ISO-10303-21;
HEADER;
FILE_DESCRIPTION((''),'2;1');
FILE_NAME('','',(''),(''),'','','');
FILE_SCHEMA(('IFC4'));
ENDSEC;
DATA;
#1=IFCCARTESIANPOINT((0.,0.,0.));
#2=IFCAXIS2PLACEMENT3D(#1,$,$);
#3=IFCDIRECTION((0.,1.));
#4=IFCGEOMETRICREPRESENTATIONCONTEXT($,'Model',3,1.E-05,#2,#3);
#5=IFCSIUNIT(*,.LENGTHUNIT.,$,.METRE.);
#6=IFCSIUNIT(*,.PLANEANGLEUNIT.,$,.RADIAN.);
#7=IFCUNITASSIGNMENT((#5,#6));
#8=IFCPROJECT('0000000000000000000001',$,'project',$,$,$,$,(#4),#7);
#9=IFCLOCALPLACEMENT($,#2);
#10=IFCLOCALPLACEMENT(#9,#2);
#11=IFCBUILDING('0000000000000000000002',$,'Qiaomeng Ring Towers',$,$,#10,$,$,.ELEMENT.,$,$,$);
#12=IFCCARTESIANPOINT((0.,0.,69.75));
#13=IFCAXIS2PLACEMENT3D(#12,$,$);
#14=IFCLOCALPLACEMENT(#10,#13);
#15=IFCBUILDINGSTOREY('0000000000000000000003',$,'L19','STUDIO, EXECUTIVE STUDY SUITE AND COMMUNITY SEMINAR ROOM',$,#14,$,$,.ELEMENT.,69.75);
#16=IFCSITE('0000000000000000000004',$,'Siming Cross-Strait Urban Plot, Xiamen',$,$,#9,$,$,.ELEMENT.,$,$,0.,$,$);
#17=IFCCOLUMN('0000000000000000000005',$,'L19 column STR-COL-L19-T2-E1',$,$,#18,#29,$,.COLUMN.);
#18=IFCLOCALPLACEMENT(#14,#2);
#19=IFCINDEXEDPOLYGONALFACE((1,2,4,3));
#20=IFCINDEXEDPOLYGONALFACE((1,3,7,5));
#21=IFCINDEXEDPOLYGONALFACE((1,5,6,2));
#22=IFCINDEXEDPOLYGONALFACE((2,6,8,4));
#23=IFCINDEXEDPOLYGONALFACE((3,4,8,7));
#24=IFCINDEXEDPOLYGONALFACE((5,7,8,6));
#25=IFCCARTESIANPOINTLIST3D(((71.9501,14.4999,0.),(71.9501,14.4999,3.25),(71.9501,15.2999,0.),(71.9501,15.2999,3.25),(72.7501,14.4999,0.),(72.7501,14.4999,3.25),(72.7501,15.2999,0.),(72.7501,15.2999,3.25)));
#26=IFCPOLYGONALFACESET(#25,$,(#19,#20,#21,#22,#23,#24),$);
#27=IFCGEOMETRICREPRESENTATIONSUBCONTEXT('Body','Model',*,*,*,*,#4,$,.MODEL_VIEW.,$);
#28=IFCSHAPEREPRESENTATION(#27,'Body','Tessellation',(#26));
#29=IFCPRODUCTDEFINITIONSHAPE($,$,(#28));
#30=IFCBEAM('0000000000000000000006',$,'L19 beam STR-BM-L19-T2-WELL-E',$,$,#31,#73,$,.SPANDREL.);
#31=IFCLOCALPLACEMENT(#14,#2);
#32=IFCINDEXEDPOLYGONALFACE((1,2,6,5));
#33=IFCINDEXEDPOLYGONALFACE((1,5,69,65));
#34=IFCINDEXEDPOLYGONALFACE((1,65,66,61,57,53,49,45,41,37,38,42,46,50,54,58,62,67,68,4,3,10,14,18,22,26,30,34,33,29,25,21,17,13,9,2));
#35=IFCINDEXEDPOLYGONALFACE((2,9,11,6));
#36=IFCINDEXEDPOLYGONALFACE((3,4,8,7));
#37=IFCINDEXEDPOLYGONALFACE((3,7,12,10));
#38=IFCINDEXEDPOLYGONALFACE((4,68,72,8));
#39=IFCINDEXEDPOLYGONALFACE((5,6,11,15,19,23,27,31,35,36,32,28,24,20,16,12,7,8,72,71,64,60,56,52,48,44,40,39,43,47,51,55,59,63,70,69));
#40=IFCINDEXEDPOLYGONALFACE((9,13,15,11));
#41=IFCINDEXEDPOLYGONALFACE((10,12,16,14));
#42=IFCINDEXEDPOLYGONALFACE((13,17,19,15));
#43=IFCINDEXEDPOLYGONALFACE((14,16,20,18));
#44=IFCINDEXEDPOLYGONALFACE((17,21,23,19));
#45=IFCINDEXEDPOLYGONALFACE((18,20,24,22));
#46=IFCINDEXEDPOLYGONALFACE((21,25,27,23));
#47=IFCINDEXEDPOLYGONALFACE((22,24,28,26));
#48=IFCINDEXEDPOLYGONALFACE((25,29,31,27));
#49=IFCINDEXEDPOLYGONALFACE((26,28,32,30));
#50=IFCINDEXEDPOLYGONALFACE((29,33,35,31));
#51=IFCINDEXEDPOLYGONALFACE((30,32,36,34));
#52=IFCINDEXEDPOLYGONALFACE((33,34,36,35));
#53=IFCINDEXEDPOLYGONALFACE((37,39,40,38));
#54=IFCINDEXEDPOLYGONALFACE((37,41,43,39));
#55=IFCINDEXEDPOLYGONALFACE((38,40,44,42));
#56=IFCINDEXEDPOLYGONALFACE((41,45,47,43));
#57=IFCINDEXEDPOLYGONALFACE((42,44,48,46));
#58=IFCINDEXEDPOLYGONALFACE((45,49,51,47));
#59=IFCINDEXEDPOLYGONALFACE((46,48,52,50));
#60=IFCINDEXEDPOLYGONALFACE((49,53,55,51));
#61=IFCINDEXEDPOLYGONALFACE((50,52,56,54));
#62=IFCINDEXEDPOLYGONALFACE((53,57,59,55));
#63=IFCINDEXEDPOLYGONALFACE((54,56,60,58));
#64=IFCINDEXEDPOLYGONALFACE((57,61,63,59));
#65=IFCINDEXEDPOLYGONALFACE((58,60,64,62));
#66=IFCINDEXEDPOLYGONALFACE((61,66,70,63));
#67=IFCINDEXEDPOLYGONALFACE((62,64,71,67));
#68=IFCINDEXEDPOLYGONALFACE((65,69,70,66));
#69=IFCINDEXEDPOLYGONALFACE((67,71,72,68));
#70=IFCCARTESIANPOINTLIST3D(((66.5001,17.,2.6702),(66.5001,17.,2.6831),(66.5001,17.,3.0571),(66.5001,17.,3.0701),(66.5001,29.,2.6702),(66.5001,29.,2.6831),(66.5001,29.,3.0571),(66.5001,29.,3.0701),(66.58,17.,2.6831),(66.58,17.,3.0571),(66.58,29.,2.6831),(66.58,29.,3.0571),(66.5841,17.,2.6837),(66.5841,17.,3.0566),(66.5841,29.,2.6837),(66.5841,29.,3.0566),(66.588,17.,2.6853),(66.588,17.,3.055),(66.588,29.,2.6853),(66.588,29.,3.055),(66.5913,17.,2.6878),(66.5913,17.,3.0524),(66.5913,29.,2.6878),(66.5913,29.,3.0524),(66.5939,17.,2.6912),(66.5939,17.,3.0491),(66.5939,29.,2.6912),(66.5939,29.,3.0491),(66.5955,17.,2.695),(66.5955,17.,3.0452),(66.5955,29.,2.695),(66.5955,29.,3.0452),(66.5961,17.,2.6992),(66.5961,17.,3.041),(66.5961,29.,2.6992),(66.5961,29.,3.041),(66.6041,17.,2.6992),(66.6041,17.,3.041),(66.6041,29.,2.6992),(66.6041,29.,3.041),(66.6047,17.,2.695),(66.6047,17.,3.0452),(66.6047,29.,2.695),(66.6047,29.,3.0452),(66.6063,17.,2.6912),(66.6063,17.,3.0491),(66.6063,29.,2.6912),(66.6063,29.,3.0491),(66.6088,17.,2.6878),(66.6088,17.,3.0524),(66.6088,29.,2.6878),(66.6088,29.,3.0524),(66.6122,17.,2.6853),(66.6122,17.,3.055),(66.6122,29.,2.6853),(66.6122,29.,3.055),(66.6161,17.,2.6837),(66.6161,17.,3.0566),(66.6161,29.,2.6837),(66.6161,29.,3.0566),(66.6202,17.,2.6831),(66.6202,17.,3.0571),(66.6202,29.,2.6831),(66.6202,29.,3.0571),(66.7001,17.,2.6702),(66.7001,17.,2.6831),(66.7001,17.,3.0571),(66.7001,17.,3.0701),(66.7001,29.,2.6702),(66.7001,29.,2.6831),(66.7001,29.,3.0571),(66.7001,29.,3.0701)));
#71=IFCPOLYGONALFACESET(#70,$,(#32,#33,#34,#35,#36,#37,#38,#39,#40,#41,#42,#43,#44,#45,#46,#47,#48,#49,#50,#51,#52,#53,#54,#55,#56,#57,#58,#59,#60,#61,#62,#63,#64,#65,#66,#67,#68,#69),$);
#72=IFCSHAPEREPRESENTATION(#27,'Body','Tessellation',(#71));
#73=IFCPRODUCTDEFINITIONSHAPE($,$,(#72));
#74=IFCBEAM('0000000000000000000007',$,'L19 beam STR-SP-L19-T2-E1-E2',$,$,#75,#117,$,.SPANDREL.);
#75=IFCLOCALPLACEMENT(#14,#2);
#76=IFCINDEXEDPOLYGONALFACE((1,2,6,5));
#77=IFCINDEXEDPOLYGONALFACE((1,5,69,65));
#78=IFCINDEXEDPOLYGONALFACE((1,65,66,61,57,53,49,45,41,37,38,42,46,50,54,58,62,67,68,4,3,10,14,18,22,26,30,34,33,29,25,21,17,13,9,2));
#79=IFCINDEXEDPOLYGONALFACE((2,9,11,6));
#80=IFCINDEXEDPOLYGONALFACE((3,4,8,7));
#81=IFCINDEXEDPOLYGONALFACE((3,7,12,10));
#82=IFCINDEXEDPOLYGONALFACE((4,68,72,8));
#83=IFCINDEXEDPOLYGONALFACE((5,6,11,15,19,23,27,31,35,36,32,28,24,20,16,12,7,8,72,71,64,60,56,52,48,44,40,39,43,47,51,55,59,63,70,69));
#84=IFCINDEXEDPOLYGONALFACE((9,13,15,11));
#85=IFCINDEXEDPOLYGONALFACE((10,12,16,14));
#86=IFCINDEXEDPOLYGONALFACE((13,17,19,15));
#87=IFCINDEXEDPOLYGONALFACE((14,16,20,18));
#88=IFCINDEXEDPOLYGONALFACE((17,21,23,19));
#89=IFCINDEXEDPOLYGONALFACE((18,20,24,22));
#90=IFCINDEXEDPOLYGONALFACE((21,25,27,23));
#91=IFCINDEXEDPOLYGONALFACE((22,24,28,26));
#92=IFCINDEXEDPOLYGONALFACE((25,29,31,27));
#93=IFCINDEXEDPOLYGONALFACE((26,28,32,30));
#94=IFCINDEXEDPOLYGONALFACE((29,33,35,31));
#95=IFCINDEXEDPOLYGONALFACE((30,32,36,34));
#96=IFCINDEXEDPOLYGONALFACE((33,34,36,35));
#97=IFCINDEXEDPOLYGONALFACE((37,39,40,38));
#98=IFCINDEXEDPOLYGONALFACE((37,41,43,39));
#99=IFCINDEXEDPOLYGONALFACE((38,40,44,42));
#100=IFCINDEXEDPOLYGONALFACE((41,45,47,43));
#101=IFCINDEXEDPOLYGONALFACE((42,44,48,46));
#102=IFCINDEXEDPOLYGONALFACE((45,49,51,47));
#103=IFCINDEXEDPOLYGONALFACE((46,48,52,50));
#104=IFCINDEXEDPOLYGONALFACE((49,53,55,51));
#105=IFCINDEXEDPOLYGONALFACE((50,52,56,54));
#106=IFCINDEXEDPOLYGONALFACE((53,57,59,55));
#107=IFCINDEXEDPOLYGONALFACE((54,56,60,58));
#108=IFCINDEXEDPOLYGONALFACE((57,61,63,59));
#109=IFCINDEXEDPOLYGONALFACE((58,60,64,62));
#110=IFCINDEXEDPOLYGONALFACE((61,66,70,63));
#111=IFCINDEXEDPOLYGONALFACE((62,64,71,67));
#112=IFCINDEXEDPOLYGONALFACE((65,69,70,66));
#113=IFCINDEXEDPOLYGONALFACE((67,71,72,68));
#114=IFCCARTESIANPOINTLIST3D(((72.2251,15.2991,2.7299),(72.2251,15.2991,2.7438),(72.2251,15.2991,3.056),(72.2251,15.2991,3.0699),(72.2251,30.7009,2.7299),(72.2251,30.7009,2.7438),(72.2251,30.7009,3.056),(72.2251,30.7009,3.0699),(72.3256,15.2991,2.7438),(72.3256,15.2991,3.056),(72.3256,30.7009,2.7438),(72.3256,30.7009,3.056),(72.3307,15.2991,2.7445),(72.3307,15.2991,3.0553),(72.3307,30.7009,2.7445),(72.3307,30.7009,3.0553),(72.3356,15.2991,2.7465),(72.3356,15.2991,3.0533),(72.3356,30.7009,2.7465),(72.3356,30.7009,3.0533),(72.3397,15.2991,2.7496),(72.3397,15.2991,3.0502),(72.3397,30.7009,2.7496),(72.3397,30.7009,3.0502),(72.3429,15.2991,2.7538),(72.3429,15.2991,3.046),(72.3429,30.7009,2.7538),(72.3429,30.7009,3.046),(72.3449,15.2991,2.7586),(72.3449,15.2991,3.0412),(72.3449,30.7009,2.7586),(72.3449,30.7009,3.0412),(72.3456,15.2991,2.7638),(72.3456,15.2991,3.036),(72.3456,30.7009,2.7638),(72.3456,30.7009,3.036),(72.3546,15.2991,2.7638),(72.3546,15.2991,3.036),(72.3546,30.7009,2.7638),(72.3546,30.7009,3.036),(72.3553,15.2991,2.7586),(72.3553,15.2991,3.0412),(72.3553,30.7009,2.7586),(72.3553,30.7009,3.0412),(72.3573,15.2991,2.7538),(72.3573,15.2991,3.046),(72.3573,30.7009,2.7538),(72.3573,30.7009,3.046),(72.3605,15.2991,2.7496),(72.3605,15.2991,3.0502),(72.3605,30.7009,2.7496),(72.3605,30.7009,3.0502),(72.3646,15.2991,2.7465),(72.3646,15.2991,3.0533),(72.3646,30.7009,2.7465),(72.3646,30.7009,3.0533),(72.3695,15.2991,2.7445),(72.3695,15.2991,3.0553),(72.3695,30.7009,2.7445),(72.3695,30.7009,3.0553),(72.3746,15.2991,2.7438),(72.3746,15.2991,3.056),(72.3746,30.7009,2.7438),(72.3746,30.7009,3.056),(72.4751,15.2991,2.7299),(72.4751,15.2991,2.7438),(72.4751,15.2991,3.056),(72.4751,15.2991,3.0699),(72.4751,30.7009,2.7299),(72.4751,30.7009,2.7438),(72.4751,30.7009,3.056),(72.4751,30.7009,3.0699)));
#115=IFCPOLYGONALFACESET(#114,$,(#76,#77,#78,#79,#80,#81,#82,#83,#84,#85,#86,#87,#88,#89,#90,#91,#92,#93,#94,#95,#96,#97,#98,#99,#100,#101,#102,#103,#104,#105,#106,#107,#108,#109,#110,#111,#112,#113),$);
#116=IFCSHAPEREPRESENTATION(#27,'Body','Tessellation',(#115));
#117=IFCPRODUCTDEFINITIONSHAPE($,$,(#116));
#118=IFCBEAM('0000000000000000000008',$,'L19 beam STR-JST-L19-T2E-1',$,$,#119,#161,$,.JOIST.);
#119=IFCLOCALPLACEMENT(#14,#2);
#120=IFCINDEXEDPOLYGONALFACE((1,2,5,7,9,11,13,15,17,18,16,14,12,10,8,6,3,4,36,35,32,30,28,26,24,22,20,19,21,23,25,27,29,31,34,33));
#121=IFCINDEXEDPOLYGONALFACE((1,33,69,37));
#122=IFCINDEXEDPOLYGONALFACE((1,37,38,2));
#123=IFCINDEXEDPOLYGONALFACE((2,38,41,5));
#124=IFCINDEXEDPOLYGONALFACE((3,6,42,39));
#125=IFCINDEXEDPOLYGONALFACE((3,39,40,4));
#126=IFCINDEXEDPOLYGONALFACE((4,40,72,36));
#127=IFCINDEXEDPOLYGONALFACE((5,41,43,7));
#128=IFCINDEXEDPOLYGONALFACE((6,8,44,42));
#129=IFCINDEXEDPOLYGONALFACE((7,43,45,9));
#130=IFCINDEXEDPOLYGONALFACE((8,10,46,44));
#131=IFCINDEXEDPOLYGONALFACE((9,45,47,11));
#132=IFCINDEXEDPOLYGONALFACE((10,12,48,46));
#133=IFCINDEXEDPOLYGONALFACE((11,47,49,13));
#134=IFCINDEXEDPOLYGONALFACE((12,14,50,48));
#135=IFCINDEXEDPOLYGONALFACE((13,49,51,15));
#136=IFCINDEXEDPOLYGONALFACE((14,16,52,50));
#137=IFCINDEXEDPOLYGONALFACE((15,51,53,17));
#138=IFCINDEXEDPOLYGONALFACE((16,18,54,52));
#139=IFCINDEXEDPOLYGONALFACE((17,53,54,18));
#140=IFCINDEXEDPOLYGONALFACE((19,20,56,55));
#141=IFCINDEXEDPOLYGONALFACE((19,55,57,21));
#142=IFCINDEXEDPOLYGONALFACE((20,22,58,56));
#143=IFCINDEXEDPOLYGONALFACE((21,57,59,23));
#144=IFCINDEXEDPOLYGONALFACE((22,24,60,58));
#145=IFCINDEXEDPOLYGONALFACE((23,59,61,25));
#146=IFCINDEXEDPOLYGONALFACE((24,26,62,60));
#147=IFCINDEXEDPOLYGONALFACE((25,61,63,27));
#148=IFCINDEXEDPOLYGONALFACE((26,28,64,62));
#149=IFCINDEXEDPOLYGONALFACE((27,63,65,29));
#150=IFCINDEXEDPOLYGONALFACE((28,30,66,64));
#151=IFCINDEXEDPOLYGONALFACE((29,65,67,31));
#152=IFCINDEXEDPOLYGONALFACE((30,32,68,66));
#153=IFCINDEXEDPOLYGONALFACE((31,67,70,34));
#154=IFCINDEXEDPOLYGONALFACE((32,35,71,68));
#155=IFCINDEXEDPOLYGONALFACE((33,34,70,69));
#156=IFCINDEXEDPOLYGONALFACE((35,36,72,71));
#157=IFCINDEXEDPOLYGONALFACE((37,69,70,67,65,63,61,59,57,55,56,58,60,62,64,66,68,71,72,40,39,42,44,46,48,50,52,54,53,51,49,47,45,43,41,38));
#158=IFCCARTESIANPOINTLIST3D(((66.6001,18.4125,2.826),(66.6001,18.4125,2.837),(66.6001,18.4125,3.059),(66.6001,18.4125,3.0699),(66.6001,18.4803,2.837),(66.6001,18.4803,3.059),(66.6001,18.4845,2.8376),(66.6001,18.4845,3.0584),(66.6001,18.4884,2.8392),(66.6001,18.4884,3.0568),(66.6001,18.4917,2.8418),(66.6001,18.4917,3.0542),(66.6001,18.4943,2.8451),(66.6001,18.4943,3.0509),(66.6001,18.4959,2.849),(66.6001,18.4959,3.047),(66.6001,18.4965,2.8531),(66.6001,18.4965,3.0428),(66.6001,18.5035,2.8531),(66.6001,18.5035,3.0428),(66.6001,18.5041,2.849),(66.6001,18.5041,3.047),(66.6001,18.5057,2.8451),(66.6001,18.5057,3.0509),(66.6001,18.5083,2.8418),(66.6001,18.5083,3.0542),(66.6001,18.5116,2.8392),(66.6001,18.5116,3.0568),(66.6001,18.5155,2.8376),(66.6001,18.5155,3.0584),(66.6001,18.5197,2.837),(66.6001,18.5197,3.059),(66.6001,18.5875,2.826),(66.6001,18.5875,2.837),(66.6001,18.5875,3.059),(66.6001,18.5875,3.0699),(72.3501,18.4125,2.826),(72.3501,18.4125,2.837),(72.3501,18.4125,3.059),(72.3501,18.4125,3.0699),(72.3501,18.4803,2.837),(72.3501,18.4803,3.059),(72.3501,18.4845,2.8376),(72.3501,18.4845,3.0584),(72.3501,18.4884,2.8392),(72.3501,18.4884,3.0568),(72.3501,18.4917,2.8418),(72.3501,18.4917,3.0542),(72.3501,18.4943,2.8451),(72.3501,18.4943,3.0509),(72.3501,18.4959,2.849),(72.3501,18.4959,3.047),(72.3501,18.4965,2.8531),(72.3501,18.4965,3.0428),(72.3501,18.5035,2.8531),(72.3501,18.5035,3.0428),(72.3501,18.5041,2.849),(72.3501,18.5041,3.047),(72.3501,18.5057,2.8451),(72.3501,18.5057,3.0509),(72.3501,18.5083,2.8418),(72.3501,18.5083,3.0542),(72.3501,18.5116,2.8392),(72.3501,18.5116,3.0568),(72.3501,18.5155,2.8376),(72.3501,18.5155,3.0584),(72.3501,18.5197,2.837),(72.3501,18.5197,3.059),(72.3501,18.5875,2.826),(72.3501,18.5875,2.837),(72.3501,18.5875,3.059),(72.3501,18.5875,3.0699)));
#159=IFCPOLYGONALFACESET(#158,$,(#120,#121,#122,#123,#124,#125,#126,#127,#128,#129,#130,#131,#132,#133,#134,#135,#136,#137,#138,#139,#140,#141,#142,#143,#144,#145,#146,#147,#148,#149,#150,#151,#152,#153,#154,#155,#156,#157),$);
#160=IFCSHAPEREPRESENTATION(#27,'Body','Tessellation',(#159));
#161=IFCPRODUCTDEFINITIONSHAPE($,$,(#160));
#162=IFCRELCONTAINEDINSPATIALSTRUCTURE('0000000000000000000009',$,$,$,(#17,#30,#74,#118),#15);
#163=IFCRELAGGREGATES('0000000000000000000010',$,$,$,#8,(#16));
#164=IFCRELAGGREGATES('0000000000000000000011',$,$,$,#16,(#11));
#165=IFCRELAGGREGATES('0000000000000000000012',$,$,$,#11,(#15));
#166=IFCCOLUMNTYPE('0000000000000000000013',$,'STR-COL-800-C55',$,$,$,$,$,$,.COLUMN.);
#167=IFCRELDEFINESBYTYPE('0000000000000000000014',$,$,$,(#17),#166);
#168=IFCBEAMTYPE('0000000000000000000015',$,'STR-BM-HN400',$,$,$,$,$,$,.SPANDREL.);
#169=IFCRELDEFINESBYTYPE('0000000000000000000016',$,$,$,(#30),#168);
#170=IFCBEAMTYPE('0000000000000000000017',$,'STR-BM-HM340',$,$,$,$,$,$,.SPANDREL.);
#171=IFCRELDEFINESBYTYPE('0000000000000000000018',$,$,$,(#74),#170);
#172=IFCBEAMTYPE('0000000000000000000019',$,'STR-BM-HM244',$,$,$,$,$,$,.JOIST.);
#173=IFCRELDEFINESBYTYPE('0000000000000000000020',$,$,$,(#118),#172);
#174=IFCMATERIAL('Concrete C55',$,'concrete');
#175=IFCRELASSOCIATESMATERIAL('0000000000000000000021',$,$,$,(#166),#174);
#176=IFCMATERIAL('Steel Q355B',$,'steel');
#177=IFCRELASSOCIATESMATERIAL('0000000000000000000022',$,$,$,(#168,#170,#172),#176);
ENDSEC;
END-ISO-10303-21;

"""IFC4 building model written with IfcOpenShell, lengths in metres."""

from ifc_helpers import new_model, si_unit, direction, frame, origin, origin_2d, place, context, subcontext, project, spatial, rectangle, i_section, extrude, source, transform, mapped, material, material_profile, profile_set, type_object, element, save


model = new_model("IFC4")

# Units and contexts
model_context = context("Model", 3, precision=1e-05, world=origin(), true_north=direction((0.0, 1.0)))
body_context = subcontext(model_context, "Body", "Model", "MODEL_VIEW")
ifc_project = project(units=[si_unit("LENGTHUNIT", "METRE"), si_unit("PLANEANGLEUNIT", "RADIAN")], contexts=[model_context])

# Site, building, storey
site_placement = place(None, origin())
site = spatial("IfcSite", under=ifc_project, at=site_placement, Name="Siming Cross-Strait Urban Plot, Xiamen", CompositionType="ELEMENT", RefElevation=0.0)
building_placement = place(site_placement, origin())
building = spatial("IfcBuilding", under=site, at=building_placement, Name="Qiaomeng Ring Towers", CompositionType="ELEMENT")
storey_placement = place(building_placement, frame((0.0, 0.0, 69.75)))
storey = spatial("IfcBuildingStorey", under=building, at=storey_placement, Name="L19", Description="STUDIO, EXECUTIVE STUDY SUITE AND COMMUNITY SEMINAR ROOM", CompositionType="ELEMENT", Elevation=69.75)

# Column
ifc_material_1 = material(Name="Concrete C55", Category="concrete")
ifc_material_profile_1 = material_profile(ifc_material_1, rectangle(XDim=0.8, YDim=0.8, at=origin_2d()), Name="RC COL 800x800")
ifc_profile_set_1 = profile_set([ifc_material_profile_1], Name="Concrete C55")
column_type = type_object("IfcColumnType", Name="STR-COL-800-C55", PredefinedType="COLUMN", material=ifc_profile_set_1)
shared_shape_1 = source(origin(), body_context, "Body", "SweptSolid", [
    extrude(rectangle(XDim=0.8, YDim=0.8, at=origin_2d()), origin(), (0.0, 0.0, 1.0), 3.25),
])
column_placement = place(storey_placement, frame((72.3501, 14.8999, 0.0), z_axis=(0.0, 0.0, 1.0), x_axis=(1.0, 0.0, 0.0)))
element("IfcColumn", 1, at=column_placement, inside=storey, type_object=column_type, Name="L19 column STR-COL-L19-T2-E1", PredefinedType="COLUMN", context=body_context, shape_type="MappedRepresentation", body=[
    mapped(shared_shape_1, transform((0.0, 0.0, 0.0), x_axis=(1.0, 0.0, 0.0), y_axis=(0.0, 1.0, 0.0), z_axis=(0.0, 0.0, 1.0), scale=1.0)),
])

# Beams
ifc_material_2 = material(Name="Steel Q355B", Category="steel")
ifc_material_profile_2 = material_profile(ifc_material_2, i_section(OverallWidth=0.2, OverallDepth=0.3999, WebThickness=0.0081, FlangeThickness=0.0129, FilletRadius=0.0161, at=origin_2d()), Name="HN 400x200x8x13")
ifc_profile_set_2 = profile_set([ifc_material_profile_2], Name="Steel Q355B")
beam_type_1 = type_object("IfcBeamType", Name="STR-BM-HN400", PredefinedType="SPANDREL", material=ifc_profile_set_2)
shared_shape_2 = source(origin(), body_context, "Body", "SweptSolid", [
    extrude(i_section(OverallWidth=0.2, OverallDepth=0.3999, WebThickness=0.0081, FlangeThickness=0.0129, FilletRadius=0.0161, at=origin_2d()), origin(), (0.0, 0.0, 1.0), 12.0),
])
beam_1_placement = place(storey_placement, frame((66.6001, 17.0, 2.8701), z_axis=(0.0, 1.0, 0.0), x_axis=(-1.0, 0.0, 0.0)))
element("IfcBeam", 2, at=beam_1_placement, inside=storey, type_object=beam_type_1, Name="L19 beam STR-BM-L19-T2-WELL-E", PredefinedType="SPANDREL", context=body_context, shape_type="MappedRepresentation", body=[
    mapped(shared_shape_2, transform((0.0, 0.0, 0.0), x_axis=(1.0, 0.0, 0.0), y_axis=(0.0, 1.0, 0.0), z_axis=(0.0, 0.0, 1.0), scale=1.0)),
])
ifc_material_profile_3 = material_profile(ifc_material_2, i_section(OverallWidth=0.25, OverallDepth=0.3401, WebThickness=0.009, FlangeThickness=0.0139, FilletRadius=0.02, at=origin_2d()), Name="HM 340x250x9x14")
ifc_profile_set_3 = profile_set([ifc_material_profile_3], Name="Steel Q355B")
beam_type_2 = type_object("IfcBeamType", Name="STR-BM-HM340", PredefinedType="SPANDREL", material=ifc_profile_set_3)
shared_shape_3 = source(origin(), body_context, "Body", "SweptSolid", [
    extrude(i_section(OverallWidth=0.25, OverallDepth=0.3401, WebThickness=0.009, FlangeThickness=0.0139, FilletRadius=0.02, at=origin_2d()), origin(), (0.0, 0.0, 1.0), 15.4019),
])
beam_2_placement = place(storey_placement, frame((72.3501, 15.2991, 2.8999), z_axis=(0.0, 1.0, 0.0), x_axis=(-1.0, 0.0, 0.0)))
element("IfcBeam", 3, at=beam_2_placement, inside=storey, type_object=beam_type_2, Name="L19 beam STR-SP-L19-T2-E1-E2", PredefinedType="SPANDREL", context=body_context, shape_type="MappedRepresentation", body=[
    mapped(shared_shape_3, transform((0.0, 0.0, 0.0), x_axis=(1.0, 0.0, 0.0), y_axis=(0.0, 1.0, 0.0), z_axis=(0.0, 0.0, 1.0), scale=1.0)),
])
ifc_material_profile_4 = material_profile(ifc_material_2, i_section(OverallWidth=0.175, OverallDepth=0.2439, WebThickness=0.0071, FlangeThickness=0.011, FilletRadius=0.0161, at=origin_2d()), Name="HM 244x175x7x11")
ifc_profile_set_4 = profile_set([ifc_material_profile_4], Name="Steel Q355B")
beam_type_3 = type_object("IfcBeamType", Name="STR-BM-HM244", PredefinedType="JOIST", material=ifc_profile_set_4)
shared_shape_4 = source(origin(), body_context, "Body", "SweptSolid", [
    extrude(i_section(OverallWidth=0.175, OverallDepth=0.2439, WebThickness=0.0071, FlangeThickness=0.011, FilletRadius=0.0161, at=origin_2d()), origin(), (0.0, 0.0, 1.0), 5.75),
])
for number, where, z_axis, x_axis, name in (
    (4, (66.6001, 18.5, 2.948), (1.0, 0.0, 0.0), (0.0, 1.0, 0.0), "L19 beam STR-JST-L19-T2E-1"),
):
    element("IfcBeam", number, at=place(storey_placement, frame(where, z_axis=z_axis, x_axis=x_axis)), inside=storey, type_object=beam_type_3, Name=name, PredefinedType="JOIST", context=body_context, shape_type="MappedRepresentation", body=[
        mapped(shared_shape_4, transform((0.0, 0.0, 0.0), x_axis=(1.0, 0.0, 0.0), y_axis=(0.0, 1.0, 0.0), z_axis=(0.0, 0.0, 1.0), scale=1.0)),
    ])

save(model, "model.ifc")
